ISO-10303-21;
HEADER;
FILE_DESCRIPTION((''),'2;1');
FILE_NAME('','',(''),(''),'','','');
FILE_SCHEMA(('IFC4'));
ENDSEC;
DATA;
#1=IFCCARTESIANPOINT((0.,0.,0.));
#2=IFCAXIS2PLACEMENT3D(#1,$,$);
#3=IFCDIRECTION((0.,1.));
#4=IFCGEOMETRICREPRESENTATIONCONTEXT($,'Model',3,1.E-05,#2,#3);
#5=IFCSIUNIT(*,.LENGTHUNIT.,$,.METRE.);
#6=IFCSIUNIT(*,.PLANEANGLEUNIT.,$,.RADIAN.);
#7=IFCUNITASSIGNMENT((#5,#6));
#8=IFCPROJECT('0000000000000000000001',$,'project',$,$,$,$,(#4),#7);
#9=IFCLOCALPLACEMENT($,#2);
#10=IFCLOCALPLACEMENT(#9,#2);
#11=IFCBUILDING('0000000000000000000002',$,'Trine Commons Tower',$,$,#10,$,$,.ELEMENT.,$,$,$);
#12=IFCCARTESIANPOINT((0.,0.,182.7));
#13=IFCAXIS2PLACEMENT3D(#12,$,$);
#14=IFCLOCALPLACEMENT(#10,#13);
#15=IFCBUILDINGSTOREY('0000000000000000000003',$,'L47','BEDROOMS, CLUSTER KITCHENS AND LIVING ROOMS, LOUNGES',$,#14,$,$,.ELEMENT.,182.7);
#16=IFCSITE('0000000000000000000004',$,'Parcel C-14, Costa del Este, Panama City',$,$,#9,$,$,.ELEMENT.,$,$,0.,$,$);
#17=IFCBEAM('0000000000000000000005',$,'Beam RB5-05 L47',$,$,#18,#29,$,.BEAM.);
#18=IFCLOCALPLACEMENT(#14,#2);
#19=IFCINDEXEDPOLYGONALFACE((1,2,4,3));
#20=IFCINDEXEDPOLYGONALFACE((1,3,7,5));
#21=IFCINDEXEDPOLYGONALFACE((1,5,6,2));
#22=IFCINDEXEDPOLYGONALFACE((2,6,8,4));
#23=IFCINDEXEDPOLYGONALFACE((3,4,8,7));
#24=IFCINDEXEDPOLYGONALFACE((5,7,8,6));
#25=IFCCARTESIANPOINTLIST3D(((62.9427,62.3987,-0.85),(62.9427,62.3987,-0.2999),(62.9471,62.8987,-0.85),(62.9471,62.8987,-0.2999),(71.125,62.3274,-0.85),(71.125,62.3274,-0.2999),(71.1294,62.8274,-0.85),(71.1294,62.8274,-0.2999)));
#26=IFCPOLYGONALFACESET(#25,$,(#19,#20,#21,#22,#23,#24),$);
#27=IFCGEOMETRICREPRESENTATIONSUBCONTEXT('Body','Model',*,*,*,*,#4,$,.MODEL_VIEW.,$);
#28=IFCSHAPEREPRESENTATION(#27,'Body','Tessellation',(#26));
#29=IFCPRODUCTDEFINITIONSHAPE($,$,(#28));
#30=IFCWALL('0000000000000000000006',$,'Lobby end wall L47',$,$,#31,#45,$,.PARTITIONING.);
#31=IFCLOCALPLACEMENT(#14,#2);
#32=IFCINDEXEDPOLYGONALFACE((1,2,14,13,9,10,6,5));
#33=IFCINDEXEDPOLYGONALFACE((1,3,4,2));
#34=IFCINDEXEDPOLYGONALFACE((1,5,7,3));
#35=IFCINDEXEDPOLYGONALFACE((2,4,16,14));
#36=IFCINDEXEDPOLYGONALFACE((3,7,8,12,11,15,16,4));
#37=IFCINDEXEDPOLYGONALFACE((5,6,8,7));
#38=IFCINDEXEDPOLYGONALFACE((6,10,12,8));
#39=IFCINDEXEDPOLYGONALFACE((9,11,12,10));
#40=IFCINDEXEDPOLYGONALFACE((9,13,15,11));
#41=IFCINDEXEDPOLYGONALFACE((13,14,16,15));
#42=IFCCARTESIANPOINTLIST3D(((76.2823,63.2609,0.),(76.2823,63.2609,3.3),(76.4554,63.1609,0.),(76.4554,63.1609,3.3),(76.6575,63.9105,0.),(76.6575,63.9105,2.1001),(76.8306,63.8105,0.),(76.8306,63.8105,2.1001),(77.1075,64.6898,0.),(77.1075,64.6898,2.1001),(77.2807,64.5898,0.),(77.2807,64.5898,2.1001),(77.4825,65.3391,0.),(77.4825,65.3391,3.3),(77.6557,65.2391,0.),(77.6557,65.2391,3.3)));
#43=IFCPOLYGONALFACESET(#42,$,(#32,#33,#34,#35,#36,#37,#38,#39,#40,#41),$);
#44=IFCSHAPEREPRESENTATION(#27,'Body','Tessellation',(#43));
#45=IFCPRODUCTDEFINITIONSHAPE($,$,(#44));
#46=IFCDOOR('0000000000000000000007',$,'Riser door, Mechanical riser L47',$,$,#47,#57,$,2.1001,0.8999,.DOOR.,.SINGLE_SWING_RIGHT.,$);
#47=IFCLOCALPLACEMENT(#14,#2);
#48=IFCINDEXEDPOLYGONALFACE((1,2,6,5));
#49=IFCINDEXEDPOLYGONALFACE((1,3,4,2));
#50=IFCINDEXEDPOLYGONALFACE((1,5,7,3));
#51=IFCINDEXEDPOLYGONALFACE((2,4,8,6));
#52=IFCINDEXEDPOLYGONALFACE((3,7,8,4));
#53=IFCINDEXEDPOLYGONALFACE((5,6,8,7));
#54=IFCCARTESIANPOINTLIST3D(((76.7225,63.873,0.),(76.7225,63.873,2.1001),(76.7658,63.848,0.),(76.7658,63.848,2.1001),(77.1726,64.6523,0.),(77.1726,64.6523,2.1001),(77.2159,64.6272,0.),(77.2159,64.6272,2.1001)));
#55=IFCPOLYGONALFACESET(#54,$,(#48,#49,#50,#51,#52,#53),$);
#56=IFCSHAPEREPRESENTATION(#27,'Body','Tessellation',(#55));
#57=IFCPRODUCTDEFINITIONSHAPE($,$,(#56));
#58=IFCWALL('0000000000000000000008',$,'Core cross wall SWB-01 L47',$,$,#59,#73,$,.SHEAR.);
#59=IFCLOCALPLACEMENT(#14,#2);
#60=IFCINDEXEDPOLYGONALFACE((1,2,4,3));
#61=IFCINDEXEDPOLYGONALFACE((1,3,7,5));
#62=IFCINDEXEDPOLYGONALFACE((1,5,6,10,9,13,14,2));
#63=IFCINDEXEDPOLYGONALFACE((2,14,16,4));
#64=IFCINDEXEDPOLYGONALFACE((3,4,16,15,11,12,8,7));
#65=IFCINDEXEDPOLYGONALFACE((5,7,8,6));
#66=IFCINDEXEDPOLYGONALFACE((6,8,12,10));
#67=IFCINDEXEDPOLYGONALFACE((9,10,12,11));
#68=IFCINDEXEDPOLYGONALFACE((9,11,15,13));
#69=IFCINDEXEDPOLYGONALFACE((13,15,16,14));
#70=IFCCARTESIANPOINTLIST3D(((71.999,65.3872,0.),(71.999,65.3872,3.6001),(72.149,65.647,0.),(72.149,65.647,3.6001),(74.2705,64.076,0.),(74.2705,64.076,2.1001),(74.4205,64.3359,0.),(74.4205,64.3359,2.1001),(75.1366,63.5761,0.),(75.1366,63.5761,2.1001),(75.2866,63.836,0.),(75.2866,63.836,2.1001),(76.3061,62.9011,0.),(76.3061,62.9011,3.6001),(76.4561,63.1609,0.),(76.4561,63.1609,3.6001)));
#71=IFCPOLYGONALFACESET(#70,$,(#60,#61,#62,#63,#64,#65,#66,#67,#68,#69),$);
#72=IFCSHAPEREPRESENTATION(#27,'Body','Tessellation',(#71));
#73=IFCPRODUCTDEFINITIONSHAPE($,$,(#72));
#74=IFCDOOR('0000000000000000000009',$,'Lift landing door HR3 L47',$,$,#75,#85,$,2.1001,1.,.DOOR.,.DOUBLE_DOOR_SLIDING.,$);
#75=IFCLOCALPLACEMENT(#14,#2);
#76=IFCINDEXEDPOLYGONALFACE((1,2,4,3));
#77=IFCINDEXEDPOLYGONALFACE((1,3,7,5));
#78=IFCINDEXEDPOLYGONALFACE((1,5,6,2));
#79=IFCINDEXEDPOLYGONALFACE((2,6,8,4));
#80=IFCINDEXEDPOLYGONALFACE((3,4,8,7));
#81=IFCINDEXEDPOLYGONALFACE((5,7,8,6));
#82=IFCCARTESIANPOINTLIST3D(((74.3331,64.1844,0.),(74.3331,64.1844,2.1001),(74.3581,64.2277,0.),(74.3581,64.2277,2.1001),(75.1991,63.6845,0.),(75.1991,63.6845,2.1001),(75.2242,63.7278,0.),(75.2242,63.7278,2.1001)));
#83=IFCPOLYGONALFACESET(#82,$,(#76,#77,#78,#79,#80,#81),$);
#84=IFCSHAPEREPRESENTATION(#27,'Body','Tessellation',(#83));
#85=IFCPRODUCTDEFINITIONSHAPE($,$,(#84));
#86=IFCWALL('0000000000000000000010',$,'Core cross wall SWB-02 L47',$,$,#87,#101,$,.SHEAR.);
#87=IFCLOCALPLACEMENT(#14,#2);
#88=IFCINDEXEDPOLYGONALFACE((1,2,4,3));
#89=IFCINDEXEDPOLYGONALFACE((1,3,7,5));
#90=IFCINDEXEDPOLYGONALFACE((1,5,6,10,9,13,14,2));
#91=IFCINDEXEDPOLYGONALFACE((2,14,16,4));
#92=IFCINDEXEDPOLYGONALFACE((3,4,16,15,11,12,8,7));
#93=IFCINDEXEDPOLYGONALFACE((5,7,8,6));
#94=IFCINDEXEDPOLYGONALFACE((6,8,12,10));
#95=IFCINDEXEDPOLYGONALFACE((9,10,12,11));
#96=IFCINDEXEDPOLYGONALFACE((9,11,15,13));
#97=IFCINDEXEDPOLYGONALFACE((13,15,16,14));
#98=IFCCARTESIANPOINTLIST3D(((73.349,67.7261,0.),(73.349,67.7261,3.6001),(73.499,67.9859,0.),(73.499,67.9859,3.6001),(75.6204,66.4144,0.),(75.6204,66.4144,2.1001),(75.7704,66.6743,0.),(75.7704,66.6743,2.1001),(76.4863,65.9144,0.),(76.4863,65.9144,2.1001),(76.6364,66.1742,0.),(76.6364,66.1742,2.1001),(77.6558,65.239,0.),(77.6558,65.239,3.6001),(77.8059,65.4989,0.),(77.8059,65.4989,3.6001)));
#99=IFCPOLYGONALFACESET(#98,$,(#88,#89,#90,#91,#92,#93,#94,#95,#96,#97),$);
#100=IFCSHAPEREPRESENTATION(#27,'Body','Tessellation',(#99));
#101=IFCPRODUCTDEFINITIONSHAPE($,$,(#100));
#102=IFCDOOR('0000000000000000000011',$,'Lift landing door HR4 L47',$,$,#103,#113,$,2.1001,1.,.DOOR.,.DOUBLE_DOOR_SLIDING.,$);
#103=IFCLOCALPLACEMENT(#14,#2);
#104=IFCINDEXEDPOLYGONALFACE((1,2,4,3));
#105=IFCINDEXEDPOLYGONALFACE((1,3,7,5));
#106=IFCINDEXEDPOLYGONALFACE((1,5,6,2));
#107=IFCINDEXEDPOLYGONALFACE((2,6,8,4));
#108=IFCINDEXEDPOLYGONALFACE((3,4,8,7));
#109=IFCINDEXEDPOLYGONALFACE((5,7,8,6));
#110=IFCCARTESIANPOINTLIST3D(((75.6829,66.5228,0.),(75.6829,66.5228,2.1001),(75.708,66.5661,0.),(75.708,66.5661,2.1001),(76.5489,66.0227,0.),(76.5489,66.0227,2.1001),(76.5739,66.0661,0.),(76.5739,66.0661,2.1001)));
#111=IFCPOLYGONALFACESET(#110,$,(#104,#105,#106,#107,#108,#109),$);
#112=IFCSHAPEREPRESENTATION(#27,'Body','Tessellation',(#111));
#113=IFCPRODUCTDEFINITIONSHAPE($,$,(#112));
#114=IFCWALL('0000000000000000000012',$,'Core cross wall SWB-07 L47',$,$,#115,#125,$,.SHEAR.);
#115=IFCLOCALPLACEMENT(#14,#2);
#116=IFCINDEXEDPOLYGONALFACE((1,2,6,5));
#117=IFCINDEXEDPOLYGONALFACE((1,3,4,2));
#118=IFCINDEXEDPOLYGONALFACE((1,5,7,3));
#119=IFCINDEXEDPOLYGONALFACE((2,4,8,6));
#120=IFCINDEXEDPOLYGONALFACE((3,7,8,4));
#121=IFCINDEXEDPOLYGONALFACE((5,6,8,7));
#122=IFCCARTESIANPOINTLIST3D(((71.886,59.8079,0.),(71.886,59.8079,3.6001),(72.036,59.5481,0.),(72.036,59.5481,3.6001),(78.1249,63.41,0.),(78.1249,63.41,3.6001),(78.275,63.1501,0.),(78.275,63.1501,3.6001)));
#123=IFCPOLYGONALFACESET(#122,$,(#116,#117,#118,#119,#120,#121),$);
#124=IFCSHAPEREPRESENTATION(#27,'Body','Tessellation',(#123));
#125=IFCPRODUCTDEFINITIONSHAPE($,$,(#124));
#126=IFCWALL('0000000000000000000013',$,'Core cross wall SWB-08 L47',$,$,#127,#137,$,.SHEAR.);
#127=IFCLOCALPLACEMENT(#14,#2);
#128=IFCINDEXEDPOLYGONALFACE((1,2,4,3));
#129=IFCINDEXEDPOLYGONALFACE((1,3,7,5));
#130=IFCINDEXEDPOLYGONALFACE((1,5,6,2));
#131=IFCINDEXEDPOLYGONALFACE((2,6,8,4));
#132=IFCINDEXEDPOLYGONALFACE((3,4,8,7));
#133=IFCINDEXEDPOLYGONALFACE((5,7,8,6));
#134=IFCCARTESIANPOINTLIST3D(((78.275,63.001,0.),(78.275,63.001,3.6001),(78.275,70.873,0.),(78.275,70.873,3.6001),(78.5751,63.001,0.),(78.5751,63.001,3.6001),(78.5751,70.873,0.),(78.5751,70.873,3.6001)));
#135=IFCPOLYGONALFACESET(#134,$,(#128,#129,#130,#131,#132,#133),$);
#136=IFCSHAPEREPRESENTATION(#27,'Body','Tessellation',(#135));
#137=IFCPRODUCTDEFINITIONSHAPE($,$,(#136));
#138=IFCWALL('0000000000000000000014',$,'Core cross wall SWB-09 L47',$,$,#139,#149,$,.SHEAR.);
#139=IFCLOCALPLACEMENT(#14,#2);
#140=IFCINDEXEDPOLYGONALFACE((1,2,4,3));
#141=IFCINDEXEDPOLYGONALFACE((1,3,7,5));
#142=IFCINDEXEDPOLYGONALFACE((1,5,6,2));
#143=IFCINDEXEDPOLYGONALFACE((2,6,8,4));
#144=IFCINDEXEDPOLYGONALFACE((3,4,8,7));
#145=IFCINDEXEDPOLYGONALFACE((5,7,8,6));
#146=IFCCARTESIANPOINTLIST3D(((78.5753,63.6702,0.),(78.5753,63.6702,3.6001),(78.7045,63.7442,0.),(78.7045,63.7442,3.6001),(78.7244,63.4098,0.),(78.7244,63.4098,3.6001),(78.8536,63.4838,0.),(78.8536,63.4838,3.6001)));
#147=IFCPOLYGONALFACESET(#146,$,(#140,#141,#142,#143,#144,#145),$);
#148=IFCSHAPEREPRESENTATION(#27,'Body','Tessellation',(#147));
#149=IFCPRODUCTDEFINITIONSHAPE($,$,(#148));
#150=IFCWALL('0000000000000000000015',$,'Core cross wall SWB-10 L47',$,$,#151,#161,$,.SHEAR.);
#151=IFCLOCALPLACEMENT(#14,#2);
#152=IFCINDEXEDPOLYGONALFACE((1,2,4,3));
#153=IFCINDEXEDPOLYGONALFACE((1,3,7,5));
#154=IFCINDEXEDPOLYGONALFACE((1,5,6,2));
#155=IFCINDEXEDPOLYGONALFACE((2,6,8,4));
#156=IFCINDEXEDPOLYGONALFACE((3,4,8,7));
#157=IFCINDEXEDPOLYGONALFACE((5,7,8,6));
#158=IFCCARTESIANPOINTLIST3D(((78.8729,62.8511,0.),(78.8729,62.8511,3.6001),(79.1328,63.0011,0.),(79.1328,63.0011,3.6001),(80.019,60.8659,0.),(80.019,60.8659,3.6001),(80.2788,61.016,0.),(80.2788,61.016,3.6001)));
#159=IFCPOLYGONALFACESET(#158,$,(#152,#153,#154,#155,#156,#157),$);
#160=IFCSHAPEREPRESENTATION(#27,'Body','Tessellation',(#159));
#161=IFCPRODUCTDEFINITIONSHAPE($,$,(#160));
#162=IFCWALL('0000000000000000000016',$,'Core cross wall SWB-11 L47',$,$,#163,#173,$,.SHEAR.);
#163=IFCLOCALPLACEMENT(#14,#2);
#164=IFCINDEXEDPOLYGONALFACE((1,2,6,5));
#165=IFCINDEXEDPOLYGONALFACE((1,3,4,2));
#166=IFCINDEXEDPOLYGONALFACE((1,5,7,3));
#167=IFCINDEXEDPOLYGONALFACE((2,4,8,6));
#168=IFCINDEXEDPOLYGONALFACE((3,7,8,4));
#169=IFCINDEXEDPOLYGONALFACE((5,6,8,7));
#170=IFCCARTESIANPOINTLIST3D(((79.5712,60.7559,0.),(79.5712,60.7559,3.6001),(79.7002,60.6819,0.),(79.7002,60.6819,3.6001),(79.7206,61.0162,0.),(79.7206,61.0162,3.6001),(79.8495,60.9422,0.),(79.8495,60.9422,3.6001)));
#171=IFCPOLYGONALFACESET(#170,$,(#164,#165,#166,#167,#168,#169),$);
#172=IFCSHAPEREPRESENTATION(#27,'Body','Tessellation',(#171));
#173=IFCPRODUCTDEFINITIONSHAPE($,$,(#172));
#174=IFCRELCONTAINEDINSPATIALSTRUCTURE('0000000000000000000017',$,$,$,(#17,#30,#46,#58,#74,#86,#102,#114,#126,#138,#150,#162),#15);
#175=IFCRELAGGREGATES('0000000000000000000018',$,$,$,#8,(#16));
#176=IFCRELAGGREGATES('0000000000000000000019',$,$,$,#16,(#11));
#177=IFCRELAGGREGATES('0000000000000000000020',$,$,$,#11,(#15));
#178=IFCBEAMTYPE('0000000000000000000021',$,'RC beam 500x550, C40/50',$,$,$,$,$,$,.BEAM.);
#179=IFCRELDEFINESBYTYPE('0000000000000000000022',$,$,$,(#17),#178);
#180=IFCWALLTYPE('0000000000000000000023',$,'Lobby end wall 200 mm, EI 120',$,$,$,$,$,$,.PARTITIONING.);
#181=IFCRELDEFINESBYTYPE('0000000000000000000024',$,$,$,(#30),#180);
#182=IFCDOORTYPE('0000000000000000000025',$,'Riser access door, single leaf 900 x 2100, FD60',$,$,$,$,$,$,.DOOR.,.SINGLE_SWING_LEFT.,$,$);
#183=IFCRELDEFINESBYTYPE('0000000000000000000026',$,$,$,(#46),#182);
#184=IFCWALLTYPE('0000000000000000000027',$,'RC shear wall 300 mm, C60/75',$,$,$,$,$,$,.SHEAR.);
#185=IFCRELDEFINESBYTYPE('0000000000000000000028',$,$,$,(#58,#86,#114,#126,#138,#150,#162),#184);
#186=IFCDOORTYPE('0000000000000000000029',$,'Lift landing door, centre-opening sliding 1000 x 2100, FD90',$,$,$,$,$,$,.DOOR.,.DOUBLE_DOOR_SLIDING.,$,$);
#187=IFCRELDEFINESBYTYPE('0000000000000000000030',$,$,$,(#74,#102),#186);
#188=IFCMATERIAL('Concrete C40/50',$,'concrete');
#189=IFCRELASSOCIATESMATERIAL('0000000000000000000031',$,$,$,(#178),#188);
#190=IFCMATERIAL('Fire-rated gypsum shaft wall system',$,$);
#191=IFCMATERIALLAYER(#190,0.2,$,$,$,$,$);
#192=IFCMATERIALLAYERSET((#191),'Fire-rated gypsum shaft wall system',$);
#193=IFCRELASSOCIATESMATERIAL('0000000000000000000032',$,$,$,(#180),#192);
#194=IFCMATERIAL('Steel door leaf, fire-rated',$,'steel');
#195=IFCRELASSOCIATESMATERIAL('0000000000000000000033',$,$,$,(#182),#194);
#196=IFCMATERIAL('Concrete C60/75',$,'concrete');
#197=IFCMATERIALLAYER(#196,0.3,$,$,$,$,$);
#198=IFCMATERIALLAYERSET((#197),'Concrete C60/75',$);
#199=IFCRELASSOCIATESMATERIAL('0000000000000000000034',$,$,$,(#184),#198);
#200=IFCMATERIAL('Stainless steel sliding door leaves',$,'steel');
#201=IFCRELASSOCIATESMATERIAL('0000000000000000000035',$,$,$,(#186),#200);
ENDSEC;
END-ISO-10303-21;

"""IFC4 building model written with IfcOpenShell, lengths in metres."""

from ifc_helpers import new_model, si_unit, direction, frame, frame_2d, origin, origin_2d, place, context, subcontext, project, spatial, rectangle, extrude, material, layer, layer_set, material_profile, profile_set, type_object, element, fill, save


model = new_model("IFC4")

# Units and contexts
model_context = context("Model", 3, precision=1e-05, world=origin(), true_north=direction((0.0, 1.0)))
body_context = subcontext(model_context, "Body", "Model", "MODEL_VIEW")
ifc_project = project(units=[si_unit("LENGTHUNIT", "METRE"), si_unit("PLANEANGLEUNIT", "RADIAN")], contexts=[model_context])

# Site, building, storey
site_placement = place(None, origin())
site = spatial("IfcSite", under=ifc_project, at=site_placement, Name="Parcel C-14, Costa del Este, Panama City", CompositionType="ELEMENT", RefElevation=0.0)
building_placement = place(site_placement, origin())
building = spatial("IfcBuilding", under=site, at=building_placement, Name="Trine Commons Tower", CompositionType="ELEMENT")
storey_placement = place(building_placement, frame((0.0, 0.0, 182.7)))
storey = spatial("IfcBuildingStorey", under=building, at=storey_placement, Name="L47", Description="BEDROOMS, CLUSTER KITCHENS AND LIVING ROOMS, LOUNGES", CompositionType="ELEMENT", Elevation=182.7)

# Beam
ifc_material_1 = material(Name="Concrete C40/50", Category="concrete")
ifc_material_profile = material_profile(ifc_material_1, rectangle(XDim=0.5, YDim=0.55, at=origin_2d()), Name="RC 500x550")
ifc_profile_set = profile_set([ifc_material_profile], Name="Concrete C40/50")
beam_type = type_object("IfcBeamType", Name="RC beam 500x550, C40/50", PredefinedType="BEAM", material=ifc_profile_set)
beam_placement = place(storey_placement, frame((71.1272, 62.5774, -0.575), z_axis=(-0.999962, 0.008712, 0.0), x_axis=(-0.008712, -0.999962, 0.0)))
element("IfcBeam", 1, at=beam_placement, inside=storey, type_object=beam_type, Name="Beam RB5-05 L47", PredefinedType="BEAM", context=body_context, shape_type="SweptSolid", body=[
    extrude(rectangle(XDim=0.5, YDim=0.55, at=origin_2d()), origin(), (0.0, 0.0, 1.0), 8.1826),
])

# Walls, openings, doors
ifc_material_2 = material(Name="Fire-rated gypsum shaft wall system")
ifc_layer_1 = layer(ifc_material_2, 0.2)
ifc_layer_set_1 = layer_set([ifc_layer_1], Name="Fire-rated gypsum shaft wall system")
wall_type_1 = type_object("IfcWallType", Name="Lobby end wall 200 mm, EI 120", PredefinedType="PARTITIONING", material=ifc_layer_set_1)
wall_1_placement = place(storey_placement, frame((77.5691, 65.2891, 0.0), z_axis=(0.0, 0.0, 1.0), x_axis=(-0.500122, -0.865955, 0.0)))
wall_1 = element("IfcWall", 2, at=wall_1_placement, inside=storey, type_object=wall_type_1, Name="Lobby end wall L47", PredefinedType="PARTITIONING", context=body_context, shape_type="SweptSolid", body=[
    extrude(rectangle(XDim=2.3999, YDim=0.2, at=frame_2d((1.2, 0.0))), origin(), (0.0, 0.0, 1.0), 3.3),
])
opening_1_placement = place(wall_1_placement, frame((0.7498, 0.0, 0.0)))
opening_1 = element("IfcOpeningElement", 3, at=opening_1_placement, cuts=wall_1, PredefinedType="OPENING", context=body_context, shape_type="SweptSolid", body=[
    extrude(rectangle(XDim=0.8999, YDim=2.1001, at=frame_2d((0.45, 1.05))), frame((0.0, 0.1099, 0.0), z_axis=(0.0, -1.0, 0.0), x_axis=(1.0, 0.0, 0.0)), (0.0, 0.0, 1.0), 0.22),
])
ifc_material_3 = material(Name="Steel door leaf, fire-rated", Category="steel")
door_type_1 = type_object("IfcDoorType", Name="Riser access door, single leaf 900 x 2100, FD60", OperationType="SINGLE_SWING_LEFT", PredefinedType="DOOR", material=ifc_material_3)
door_1_placement = place(opening_1_placement, frame((0.8999, 0.0, 0.0), z_axis=(0.0, 0.0, 1.0), x_axis=(-1.0, 0.0, 0.0)))
door_1 = element("IfcDoor", 4, at=door_1_placement, inside=storey, type_object=door_type_1, Name="Riser door, Mechanical riser L47", OperationType="SINGLE_SWING_RIGHT", OverallHeight=2.1001, OverallWidth=0.8999, PredefinedType="DOOR", context=body_context, shape_type="SweptSolid", body=[
    extrude(rectangle(XDim=0.8999, YDim=2.1001, at=frame_2d((0.45, 1.05))), frame((0.0, 0.0249, 0.0), z_axis=(0.0, -1.0, 0.0), x_axis=(1.0, 0.0, 0.0)), (0.0, 0.0, 1.0), 0.05),
])
fill(opening_1, door_1)
ifc_material_4 = material(Name="Concrete C60/75", Category="concrete")
ifc_layer_2 = layer(ifc_material_4, 0.3)
ifc_layer_set_2 = layer_set([ifc_layer_2], Name="Concrete C60/75")
wall_type_2 = type_object("IfcWallType", Name="RC shear wall 300 mm, C60/75", PredefinedType="SHEAR", material=ifc_layer_set_2)
wall_2_placement = place(storey_placement, frame((76.3811, 63.031, 0.0), z_axis=(0.0, 0.0, 1.0), x_axis=(-0.866081, 0.499904, 0.0)))
wall_2 = element("IfcWall", 5, at=wall_2_placement, inside=storey, type_object=wall_type_2, Name="Core cross wall SWB-01 L47", PredefinedType="SHEAR", context=body_context, shape_type="SweptSolid", body=[
    extrude(rectangle(XDim=4.9731, YDim=0.3, at=frame_2d((2.4866, 0.0))), origin(), (0.0, 0.0, 1.0), 3.6001),
])
opening_2_placement = place(wall_2_placement, frame((1.3503, 0.0, 0.0)))
opening_2 = element("IfcOpeningElement", 6, at=opening_2_placement, cuts=wall_2, PredefinedType="OPENING", context=body_context, shape_type="SweptSolid", body=[
    extrude(rectangle(XDim=1.0, YDim=2.1001, at=frame_2d((0.5, 1.05))), frame((0.0, 0.1599, 0.0), z_axis=(0.0, -1.0, 0.0), x_axis=(1.0, 0.0, 0.0)), (0.0, 0.0, 1.0), 0.3201),
])
ifc_material_5 = material(Name="Stainless steel sliding door leaves", Category="steel")
door_type_2 = type_object("IfcDoorType", Name="Lift landing door, centre-opening sliding 1000 x 2100, FD90", OperationType="DOUBLE_DOOR_SLIDING", PredefinedType="DOOR", material=ifc_material_5)
door_2_placement = place(opening_2_placement, origin())
door_2 = element("IfcDoor", 7, at=door_2_placement, inside=storey, type_object=door_type_2, Name="Lift landing door HR3 L47", OperationType="DOUBLE_DOOR_SLIDING", OverallHeight=2.1001, OverallWidth=1.0, PredefinedType="DOOR", context=body_context, shape_type="SweptSolid", body=[
    extrude(rectangle(XDim=1.0, YDim=2.1001, at=frame_2d((0.5, 1.05))), frame((0.0, 0.0249, 0.0), z_axis=(0.0, -1.0, 0.0), x_axis=(1.0, 0.0, 0.0)), (0.0, 0.0, 1.0), 0.05),
])
fill(opening_2, door_2)
wall_3_placement = place(storey_placement, frame((77.731, 65.3689, 0.0), z_axis=(0.0, 0.0, 1.0), x_axis=(-0.865984, 0.500072, 0.0)))
wall_3 = element("IfcWall", 8, at=wall_3_placement, inside=storey, type_object=wall_type_2, Name="Core cross wall SWB-02 L47", PredefinedType="SHEAR", context=body_context, shape_type="SweptSolid", body=[
    extrude(rectangle(XDim=4.9734, YDim=0.3, at=frame_2d((2.4868, 0.0))), origin(), (0.0, 0.0, 1.0), 3.6001),
])
opening_3_placement = place(wall_3_placement, frame((1.3506, 0.0, 0.0)))
opening_3 = element("IfcOpeningElement", 9, at=opening_3_placement, cuts=wall_3, PredefinedType="OPENING", context=body_context, shape_type="SweptSolid", body=[
    extrude(rectangle(XDim=1.0, YDim=2.1001, at=frame_2d((0.5, 1.05))), frame((0.0, 0.1599, 0.0), z_axis=(0.0, -1.0, 0.0), x_axis=(1.0, 0.0, 0.0)), (0.0, 0.0, 1.0), 0.3201),
])
door_3_placement = place(opening_3_placement, origin())
door_3 = element("IfcDoor", 10, at=door_3_placement, inside=storey, type_object=door_type_2, Name="Lift landing door HR4 L47", OperationType="DOUBLE_DOOR_SLIDING", OverallHeight=2.1001, OverallWidth=1.0, PredefinedType="DOOR", context=body_context, shape_type="SweptSolid", body=[
    extrude(rectangle(XDim=1.0, YDim=2.1001, at=frame_2d((0.5, 1.05))), frame((0.0, 0.0249, 0.0), z_axis=(0.0, -1.0, 0.0), x_axis=(1.0, 0.0, 0.0)), (0.0, 0.0, 1.0), 0.05),
])
fill(opening_3, door_3)

# Walls
wall_4_placement = place(storey_placement, frame((78.2, 63.28, 0.0), z_axis=(0.0, 0.0, 1.0), x_axis=(-0.866028, -0.499995, 0.0)))
element("IfcWall", 11, at=wall_4_placement, inside=storey, type_object=wall_type_2, Name="Core cross wall SWB-07 L47", PredefinedType="SHEAR", context=body_context, shape_type="SweptSolid", body=[
    extrude(rectangle(XDim=7.2041, YDim=0.3, at=frame_2d((3.6021, 0.0))), origin(), (0.0, 0.0, 1.0), 3.6001),
])
wall_5_placement = place(storey_placement, frame((78.425, 63.001, 0.0), z_axis=(0.0, 0.0, 1.0), x_axis=(0.0, 1.0, 0.0)))
element("IfcWall", 12, at=wall_5_placement, inside=storey, type_object=wall_type_2, Name="Core cross wall SWB-08 L47", PredefinedType="SHEAR", context=body_context, shape_type="SweptSolid", body=[
    extrude(rectangle(XDim=7.8721, YDim=0.3, at=frame_2d((3.936, 0.0))), origin(), (0.0, 0.0, 1.0), 3.6001),
])
wall_6_placement = place(storey_placement, frame((78.7791, 63.614, 0.0), z_axis=(0.0, 0.0, 1.0), x_axis=(-0.867738, -0.497022, 0.0)))
element("IfcWall", 13, at=wall_6_placement, inside=storey, type_object=wall_type_2, Name="Core cross wall SWB-09 L47", PredefinedType="SHEAR", context=body_context, shape_type="SweptSolid", body=[
    extrude(rectangle(XDim=0.1489, YDim=0.3, at=frame_2d((0.0745, 0.0))), origin(), (0.0, 0.0, 1.0), 3.6001),
])
wall_7_placement = place(storey_placement, frame((79.0029, 62.926, 0.0), z_axis=(0.0, 0.0, 1.0), x_axis=(0.499965, -0.866045, 0.0)))
element("IfcWall", 14, at=wall_7_placement, inside=storey, type_object=wall_type_2, Name="Core cross wall SWB-10 L47", PredefinedType="SHEAR", context=body_context, shape_type="SweptSolid", body=[
    extrude(rectangle(XDim=2.2922, YDim=0.3, at=frame_2d((1.146, 0.0))), origin(), (0.0, 0.0, 1.0), 3.6001),
])
wall_8_placement = place(storey_placement, frame((79.646, 60.886, 0.0), z_axis=(0.0, 0.0, 1.0), x_axis=(0.867332, -0.49773, 0.0)))
element("IfcWall", 15, at=wall_8_placement, inside=storey, type_object=wall_type_2, Name="Core cross wall SWB-11 L47", PredefinedType="SHEAR", context=body_context, shape_type="SweptSolid", body=[
    extrude(rectangle(XDim=0.1487, YDim=0.3, at=frame_2d((0.0742, 0.0))), origin(), (0.0, 0.0, 1.0), 3.6001),
])

save(model, "model.ifc")
